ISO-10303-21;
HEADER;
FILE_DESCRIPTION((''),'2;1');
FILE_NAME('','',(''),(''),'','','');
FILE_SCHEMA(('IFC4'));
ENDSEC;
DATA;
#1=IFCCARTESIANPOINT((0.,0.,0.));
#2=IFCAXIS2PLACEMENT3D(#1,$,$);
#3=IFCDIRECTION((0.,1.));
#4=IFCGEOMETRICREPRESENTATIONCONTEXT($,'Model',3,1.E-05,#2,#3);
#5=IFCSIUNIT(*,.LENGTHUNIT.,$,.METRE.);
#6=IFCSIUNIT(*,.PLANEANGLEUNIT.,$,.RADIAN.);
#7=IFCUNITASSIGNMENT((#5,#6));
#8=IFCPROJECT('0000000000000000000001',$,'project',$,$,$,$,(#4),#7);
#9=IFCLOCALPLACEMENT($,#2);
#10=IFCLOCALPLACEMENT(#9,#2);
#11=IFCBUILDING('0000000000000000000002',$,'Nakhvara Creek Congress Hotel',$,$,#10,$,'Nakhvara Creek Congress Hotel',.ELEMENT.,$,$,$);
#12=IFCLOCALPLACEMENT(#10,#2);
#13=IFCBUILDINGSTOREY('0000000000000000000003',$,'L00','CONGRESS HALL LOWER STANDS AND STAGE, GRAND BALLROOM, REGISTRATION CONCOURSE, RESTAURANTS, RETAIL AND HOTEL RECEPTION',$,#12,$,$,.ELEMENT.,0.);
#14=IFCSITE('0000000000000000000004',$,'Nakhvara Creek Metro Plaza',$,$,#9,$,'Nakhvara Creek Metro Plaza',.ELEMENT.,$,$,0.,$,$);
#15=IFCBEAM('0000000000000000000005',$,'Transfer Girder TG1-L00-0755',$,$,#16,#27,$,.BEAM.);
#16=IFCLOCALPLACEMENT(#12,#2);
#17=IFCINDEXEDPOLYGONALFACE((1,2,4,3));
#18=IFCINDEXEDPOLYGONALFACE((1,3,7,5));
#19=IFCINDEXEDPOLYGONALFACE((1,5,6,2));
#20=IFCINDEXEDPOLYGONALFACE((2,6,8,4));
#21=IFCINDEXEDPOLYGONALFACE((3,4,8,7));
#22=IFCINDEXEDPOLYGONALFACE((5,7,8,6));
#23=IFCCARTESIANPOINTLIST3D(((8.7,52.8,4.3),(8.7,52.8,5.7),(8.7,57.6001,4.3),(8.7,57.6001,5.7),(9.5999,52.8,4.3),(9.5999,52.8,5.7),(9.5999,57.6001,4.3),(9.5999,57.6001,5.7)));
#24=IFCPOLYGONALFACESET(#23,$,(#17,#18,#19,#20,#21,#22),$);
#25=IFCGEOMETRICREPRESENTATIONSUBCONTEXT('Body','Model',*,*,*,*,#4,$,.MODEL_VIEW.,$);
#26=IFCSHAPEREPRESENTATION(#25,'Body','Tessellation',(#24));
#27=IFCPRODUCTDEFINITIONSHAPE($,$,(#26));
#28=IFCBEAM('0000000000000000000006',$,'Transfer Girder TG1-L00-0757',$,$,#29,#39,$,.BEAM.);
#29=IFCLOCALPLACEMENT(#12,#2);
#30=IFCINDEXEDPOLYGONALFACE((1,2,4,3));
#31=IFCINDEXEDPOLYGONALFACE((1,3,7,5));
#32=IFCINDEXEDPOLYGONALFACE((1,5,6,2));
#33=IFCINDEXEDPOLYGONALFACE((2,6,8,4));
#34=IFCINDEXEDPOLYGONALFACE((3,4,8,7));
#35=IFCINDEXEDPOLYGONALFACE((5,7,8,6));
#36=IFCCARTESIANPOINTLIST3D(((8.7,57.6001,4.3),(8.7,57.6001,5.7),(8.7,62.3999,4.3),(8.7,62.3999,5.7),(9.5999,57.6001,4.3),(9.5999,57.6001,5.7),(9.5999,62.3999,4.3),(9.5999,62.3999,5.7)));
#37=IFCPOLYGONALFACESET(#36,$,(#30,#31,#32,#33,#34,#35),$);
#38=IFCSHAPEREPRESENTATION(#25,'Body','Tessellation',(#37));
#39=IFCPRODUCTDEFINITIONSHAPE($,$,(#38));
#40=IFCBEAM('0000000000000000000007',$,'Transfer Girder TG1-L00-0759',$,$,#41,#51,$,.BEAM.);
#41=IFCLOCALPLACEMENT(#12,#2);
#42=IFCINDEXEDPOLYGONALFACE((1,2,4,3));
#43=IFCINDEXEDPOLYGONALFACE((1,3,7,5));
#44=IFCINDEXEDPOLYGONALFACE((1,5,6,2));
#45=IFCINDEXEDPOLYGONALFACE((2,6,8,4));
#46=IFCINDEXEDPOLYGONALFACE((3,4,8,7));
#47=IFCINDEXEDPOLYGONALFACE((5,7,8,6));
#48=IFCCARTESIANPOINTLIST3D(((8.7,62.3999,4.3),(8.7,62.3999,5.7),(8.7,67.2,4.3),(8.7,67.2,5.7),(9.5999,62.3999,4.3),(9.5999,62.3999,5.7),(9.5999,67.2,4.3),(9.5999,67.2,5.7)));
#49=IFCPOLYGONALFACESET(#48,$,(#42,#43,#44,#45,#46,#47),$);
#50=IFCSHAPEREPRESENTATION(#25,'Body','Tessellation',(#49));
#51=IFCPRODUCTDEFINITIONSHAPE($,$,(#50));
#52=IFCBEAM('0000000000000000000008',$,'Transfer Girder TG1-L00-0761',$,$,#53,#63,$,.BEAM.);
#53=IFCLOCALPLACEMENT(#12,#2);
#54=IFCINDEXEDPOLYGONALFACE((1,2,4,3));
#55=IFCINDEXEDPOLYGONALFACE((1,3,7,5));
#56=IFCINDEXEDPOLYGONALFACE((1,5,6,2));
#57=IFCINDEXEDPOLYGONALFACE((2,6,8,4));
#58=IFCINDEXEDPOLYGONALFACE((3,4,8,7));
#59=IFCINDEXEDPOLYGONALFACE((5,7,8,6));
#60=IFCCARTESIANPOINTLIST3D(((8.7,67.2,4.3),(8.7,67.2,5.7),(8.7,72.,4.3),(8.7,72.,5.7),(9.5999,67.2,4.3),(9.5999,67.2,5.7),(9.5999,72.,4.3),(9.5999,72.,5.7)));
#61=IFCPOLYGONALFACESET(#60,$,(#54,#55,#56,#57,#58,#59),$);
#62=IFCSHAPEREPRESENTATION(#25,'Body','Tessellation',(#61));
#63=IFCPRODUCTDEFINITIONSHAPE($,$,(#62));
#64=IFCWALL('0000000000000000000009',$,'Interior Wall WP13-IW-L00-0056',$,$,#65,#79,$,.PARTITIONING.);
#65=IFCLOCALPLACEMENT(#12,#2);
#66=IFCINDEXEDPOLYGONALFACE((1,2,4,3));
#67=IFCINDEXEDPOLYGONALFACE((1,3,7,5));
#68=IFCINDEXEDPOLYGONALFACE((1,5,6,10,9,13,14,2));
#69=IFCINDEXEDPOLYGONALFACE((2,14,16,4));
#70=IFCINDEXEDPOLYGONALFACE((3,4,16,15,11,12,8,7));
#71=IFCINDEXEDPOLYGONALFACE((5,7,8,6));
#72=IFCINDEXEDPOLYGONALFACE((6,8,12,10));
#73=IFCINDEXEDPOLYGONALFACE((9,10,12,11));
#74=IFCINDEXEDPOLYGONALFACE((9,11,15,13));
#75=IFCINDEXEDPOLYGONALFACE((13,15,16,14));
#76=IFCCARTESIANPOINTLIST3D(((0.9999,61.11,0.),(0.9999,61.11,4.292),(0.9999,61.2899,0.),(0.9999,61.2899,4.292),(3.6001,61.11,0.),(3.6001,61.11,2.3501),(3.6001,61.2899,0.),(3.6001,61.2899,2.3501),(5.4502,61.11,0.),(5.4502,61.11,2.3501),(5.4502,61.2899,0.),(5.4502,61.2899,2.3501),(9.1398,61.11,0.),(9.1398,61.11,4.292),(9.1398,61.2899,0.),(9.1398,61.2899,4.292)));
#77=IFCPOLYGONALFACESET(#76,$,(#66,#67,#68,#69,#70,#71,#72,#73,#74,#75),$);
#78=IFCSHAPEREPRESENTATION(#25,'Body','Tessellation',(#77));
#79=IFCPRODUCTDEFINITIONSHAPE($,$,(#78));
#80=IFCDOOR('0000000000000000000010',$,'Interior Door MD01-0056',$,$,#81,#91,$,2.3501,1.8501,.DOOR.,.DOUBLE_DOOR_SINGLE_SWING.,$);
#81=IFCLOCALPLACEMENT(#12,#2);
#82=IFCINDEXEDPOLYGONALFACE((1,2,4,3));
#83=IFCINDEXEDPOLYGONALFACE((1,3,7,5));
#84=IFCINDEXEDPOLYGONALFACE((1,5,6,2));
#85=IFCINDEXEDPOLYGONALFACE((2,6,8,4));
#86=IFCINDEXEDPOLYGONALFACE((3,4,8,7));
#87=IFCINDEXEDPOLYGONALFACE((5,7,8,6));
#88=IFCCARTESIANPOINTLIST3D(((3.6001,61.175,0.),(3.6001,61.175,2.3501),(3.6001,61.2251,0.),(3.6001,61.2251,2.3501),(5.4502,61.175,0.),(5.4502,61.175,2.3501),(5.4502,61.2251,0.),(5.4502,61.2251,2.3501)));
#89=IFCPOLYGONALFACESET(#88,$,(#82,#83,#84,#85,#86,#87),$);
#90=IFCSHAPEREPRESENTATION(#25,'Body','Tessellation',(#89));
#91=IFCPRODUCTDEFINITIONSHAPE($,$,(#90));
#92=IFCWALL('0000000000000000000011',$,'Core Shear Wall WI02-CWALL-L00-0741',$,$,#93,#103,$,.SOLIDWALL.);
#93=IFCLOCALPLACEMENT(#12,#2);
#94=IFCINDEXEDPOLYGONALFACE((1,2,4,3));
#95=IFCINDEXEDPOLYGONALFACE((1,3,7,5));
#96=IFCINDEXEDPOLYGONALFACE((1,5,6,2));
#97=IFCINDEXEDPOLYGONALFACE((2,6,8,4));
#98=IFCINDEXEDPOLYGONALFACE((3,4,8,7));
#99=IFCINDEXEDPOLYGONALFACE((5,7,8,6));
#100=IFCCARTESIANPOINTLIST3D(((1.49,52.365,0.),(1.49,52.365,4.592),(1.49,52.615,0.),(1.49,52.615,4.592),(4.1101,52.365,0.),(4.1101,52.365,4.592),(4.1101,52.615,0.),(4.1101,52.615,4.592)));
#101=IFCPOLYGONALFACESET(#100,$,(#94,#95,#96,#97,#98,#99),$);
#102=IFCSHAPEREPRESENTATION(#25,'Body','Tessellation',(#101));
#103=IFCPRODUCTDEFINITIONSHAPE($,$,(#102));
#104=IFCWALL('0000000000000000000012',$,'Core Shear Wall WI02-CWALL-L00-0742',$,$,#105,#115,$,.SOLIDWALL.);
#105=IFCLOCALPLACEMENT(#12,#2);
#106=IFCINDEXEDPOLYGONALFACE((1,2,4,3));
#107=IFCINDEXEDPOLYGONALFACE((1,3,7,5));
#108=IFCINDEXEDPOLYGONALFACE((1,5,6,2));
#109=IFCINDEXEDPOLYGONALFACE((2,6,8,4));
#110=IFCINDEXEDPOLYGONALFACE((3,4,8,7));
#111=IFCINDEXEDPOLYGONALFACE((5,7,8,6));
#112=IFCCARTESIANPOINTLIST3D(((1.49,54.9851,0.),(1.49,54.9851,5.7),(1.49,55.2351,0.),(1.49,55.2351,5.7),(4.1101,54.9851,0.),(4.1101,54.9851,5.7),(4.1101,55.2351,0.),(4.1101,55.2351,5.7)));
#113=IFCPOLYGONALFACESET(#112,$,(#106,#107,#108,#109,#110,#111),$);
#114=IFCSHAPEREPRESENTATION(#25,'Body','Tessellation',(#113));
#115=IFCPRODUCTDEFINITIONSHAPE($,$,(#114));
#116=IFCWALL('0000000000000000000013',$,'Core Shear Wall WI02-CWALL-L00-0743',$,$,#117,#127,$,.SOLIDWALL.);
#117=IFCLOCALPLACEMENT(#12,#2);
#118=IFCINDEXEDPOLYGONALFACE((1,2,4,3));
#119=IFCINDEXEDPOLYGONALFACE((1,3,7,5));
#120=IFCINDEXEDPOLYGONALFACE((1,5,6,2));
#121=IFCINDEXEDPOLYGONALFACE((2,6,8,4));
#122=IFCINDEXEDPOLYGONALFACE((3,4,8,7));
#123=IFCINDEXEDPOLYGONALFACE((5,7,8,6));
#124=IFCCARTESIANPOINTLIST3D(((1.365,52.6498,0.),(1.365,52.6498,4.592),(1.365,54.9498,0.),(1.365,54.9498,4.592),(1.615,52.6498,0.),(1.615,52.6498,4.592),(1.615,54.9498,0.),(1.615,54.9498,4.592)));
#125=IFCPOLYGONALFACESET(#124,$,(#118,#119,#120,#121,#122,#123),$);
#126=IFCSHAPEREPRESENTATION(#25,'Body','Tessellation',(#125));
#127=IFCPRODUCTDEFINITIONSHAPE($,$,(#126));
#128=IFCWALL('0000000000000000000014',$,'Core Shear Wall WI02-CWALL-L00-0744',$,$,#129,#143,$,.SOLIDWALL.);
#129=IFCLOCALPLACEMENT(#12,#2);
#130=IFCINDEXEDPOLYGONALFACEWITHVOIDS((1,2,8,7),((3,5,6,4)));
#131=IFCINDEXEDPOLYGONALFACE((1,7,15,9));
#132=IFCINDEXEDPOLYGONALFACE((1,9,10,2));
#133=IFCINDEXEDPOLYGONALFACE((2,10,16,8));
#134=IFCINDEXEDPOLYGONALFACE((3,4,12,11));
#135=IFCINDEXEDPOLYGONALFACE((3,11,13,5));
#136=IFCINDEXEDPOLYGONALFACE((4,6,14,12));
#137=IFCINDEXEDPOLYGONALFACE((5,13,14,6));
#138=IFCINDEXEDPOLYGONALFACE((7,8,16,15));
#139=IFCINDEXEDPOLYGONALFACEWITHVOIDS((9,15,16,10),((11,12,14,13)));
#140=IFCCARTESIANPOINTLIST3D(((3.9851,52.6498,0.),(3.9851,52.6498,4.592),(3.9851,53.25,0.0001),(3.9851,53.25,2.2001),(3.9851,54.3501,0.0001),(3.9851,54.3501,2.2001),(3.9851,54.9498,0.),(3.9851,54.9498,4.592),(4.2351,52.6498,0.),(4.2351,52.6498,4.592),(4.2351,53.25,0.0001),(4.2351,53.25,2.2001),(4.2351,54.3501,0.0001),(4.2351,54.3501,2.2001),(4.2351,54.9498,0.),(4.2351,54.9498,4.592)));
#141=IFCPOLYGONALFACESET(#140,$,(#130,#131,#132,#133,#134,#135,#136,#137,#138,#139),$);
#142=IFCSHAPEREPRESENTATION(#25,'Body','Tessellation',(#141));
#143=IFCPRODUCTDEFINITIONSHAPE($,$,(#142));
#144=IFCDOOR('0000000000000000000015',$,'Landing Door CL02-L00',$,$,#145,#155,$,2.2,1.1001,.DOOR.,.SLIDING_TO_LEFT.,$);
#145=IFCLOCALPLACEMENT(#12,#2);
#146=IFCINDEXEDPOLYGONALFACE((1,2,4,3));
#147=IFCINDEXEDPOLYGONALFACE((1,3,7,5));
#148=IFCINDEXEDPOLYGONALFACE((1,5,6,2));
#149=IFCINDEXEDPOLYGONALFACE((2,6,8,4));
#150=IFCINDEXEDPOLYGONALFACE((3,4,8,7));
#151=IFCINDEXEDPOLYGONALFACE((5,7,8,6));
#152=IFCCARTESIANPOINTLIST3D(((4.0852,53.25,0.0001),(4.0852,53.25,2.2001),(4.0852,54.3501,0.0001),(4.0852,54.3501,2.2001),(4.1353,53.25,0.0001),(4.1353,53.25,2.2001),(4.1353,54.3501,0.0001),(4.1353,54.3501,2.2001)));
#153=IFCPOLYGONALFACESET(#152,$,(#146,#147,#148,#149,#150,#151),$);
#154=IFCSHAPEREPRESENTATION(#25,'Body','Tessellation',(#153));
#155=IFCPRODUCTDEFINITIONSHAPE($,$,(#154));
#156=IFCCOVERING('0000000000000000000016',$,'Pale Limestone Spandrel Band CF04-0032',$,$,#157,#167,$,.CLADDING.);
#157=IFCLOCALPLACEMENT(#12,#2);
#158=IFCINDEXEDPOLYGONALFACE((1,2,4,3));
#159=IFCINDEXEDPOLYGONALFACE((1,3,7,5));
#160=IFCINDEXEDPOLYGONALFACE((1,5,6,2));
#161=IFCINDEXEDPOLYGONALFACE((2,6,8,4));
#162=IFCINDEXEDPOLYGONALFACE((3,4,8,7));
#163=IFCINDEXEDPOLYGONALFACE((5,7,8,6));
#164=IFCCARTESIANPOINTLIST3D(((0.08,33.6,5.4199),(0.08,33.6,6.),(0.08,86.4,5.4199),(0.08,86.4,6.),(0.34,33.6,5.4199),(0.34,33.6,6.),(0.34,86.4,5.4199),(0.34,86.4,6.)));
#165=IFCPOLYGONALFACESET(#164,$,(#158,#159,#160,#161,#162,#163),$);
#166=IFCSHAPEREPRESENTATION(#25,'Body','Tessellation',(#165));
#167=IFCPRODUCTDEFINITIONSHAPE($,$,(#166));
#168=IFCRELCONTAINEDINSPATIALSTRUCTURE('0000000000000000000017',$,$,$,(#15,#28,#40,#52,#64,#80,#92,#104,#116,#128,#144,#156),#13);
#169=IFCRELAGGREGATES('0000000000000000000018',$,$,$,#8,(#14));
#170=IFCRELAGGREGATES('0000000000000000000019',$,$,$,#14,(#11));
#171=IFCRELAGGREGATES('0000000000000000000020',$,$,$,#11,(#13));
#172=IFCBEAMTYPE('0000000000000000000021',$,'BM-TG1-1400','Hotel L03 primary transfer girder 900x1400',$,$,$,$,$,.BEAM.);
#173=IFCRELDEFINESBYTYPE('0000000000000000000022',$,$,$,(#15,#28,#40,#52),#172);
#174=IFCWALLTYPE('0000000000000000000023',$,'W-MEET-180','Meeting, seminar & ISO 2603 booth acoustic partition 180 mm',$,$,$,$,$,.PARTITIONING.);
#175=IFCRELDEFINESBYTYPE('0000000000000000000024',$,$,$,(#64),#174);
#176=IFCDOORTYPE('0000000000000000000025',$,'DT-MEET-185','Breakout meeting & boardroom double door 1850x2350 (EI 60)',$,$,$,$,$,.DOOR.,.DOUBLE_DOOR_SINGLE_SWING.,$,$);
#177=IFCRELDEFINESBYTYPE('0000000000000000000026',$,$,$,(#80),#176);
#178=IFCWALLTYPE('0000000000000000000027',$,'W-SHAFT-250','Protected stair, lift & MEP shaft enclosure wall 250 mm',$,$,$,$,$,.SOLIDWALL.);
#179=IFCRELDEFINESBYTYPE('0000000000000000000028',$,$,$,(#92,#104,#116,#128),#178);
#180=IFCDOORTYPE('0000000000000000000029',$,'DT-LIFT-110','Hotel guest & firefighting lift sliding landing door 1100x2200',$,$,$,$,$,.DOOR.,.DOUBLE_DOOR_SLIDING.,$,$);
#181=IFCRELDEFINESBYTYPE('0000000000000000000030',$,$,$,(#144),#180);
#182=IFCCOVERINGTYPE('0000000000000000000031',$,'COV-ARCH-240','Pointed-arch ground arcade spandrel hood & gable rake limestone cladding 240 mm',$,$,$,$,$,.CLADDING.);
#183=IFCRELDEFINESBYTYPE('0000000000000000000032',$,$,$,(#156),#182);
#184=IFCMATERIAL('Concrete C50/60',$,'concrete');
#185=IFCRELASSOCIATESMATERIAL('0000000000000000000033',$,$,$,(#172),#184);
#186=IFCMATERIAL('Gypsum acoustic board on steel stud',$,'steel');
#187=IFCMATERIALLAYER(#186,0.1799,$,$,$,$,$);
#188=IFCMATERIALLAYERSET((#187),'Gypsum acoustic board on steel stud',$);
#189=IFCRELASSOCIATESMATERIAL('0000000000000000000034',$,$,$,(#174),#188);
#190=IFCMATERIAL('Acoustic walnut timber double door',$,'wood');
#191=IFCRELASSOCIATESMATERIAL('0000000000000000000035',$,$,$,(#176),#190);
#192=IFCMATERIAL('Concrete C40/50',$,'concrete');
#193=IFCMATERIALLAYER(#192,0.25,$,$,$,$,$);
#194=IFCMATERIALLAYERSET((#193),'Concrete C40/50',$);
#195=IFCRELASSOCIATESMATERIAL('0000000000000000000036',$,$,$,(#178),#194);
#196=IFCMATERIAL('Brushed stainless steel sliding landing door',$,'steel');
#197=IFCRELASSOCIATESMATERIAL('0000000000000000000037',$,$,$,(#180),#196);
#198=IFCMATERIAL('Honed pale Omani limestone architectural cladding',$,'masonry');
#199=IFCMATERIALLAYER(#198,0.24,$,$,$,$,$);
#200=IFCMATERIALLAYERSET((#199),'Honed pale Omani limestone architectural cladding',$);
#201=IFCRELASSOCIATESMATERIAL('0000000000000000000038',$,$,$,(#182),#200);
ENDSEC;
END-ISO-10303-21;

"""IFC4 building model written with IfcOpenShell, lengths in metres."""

from ifc_helpers import new_model, si_unit, direction, frame, frame_2d, origin, origin_2d, place, context, subcontext, project, spatial, rectangle, extrude, material, layer, layer_set, material_profile, profile_set, type_object, element, fill, save


model = new_model("IFC4")

# Units and contexts
model_context = context("Model", 3, precision=1e-05, world=origin(), true_north=direction((0.0, 1.0)))
body_context = subcontext(model_context, "Body", "Model", "MODEL_VIEW")
ifc_project = project(units=[si_unit("LENGTHUNIT", "METRE"), si_unit("PLANEANGLEUNIT", "RADIAN")], contexts=[model_context])

# Site, building, storey
site_placement = place(None, origin())
site = spatial("IfcSite", under=ifc_project, at=site_placement, Name="Nakhvara Creek Metro Plaza", LongName="Nakhvara Creek Metro Plaza", CompositionType="ELEMENT", RefElevation=0.0)
building_placement = place(site_placement, origin())
building = spatial("IfcBuilding", under=site, at=building_placement, Name="Nakhvara Creek Congress Hotel", LongName="Nakhvara Creek Congress Hotel", CompositionType="ELEMENT")
storey_placement = place(building_placement, origin())
storey = spatial("IfcBuildingStorey", under=building, at=storey_placement, Name="L00", Description="CONGRESS HALL LOWER STANDS AND STAGE, GRAND BALLROOM, REGISTRATION CONCOURSE, RESTAURANTS, RETAIL AND HOTEL RECEPTION", CompositionType="ELEMENT", Elevation=0.0)

# Shared definitions
ifc_material_1 = material(Name="Concrete C50/60", Category="concrete")

# Beams
ifc_material_2 = material(Name="Concrete C40/50", Category="concrete")
ifc_material_profile_1 = material_profile(ifc_material_1, rectangle(XDim=0.8999, YDim=1.3999, at=origin_2d()), Name="RC-TG 900x1400", Category="LoadBearing")
ifc_profile_set_1 = profile_set([ifc_material_profile_1], Name="Concrete C50/60")
beam_type_1 = type_object("IfcBeamType", Name="BM-TG1-1400", Description="Hotel L03 primary transfer girder 900x1400", PredefinedType="BEAM", material=ifc_profile_set_1)
beam_1_placement = place(storey_placement, frame((9.1499, 52.8, 5.0), z_axis=(0.0, 1.0, 0.0), x_axis=(-1.0, 0.0, 0.0)))
element("IfcBeam", 1, at=beam_1_placement, inside=storey, type_object=beam_type_1, Name="Transfer Girder TG1-L00-0755", PredefinedType="BEAM", context=body_context, shape_type="SweptSolid", body=[
    extrude(rectangle(XDim=0.8999, YDim=1.3999, at=origin_2d()), origin(), (0.0, 0.0, 1.0), 4.8),
])
beam_2_placement = place(storey_placement, frame((9.1499, 57.6001, 5.0), z_axis=(0.0, 1.0, 0.0), x_axis=(-1.0, 0.0, 0.0)))
element("IfcBeam", 2, at=beam_2_placement, inside=storey, type_object=beam_type_1, Name="Transfer Girder TG1-L00-0757", PredefinedType="BEAM", context=body_context, shape_type="SweptSolid", body=[
    extrude(rectangle(XDim=0.8999, YDim=1.3999, at=origin_2d()), origin(), (0.0, 0.0, 1.0), 4.7998),
])
for number, where, z_axis, x_axis, name in (
    (3, (9.1499, 62.3999, 5.0), (0.0, 1.0, 0.0), (-1.0, 0.0, 0.0), "Transfer Girder TG1-L00-0759"),
    (4, (9.1499, 67.2, 5.0), (0.0, 1.0, 0.0), (-1.0, 0.0, 0.0), "Transfer Girder TG1-L00-0761"),
):
    element("IfcBeam", number, at=place(storey_placement, frame(where, z_axis=z_axis, x_axis=x_axis)), inside=storey, type_object=beam_type_1, Name=name, PredefinedType="BEAM", context=body_context, shape_type="SweptSolid", body=[
        extrude(rectangle(XDim=0.8999, YDim=1.3999, at=origin_2d()), origin(), (0.0, 0.0, 1.0), 4.8),
    ])

# Wall, opening, door
ifc_material_3 = material(Name="Gypsum acoustic board on steel stud", Category="steel")
ifc_layer_1 = layer(ifc_material_3, 0.1799)
ifc_layer_set_1 = layer_set([ifc_layer_1], Name="Gypsum acoustic board on steel stud")
wall_type_1 = type_object("IfcWallType", Name="W-MEET-180", Description="Meeting, seminar & ISO 2603 booth acoustic partition 180 mm", PredefinedType="PARTITIONING", material=ifc_layer_set_1)
wall_1_placement = place(storey_placement, frame((1.0, 61.2, 0.0), z_axis=(0.0, 0.0, 1.0), x_axis=(1.0, 0.0, 0.0)))
wall_1 = element("IfcWall", 5, at=wall_1_placement, inside=storey, type_object=wall_type_1, Name="Interior Wall WP13-IW-L00-0056", PredefinedType="PARTITIONING", context=body_context, shape_type="SweptSolid", body=[
    extrude(rectangle(XDim=8.1399, YDim=0.1799, at=frame_2d((4.0698, 0.0))), origin(), (0.0, 0.0, 1.0), 4.292),
])
opening_1_placement = place(wall_1_placement, frame((2.6001, 0.0, 0.0)))
opening_1 = element("IfcOpeningElement", 6, at=opening_1_placement, cuts=wall_1, PredefinedType="OPENING", context=body_context, shape_type="SweptSolid", body=[
    extrude(rectangle(XDim=1.8501, YDim=2.3501, at=frame_2d((0.925, 1.175))), frame((0.0, 0.1021, 0.0), z_axis=(0.0, -1.0, 0.0), x_axis=(1.0, 0.0, 0.0)), (0.0, 0.0, 1.0), 0.2039),
])
ifc_material_4 = material(Name="Acoustic walnut timber double door", Category="wood")
door_type_1 = type_object("IfcDoorType", Name="DT-MEET-185", Description="Breakout meeting & boardroom double door 1850x2350 (EI 60)", OperationType="DOUBLE_DOOR_SINGLE_SWING", PredefinedType="DOOR", material=ifc_material_4)
door_1_placement = place(opening_1_placement, frame((1.8501, 0.0, 0.0), z_axis=(0.0, 0.0, 1.0), x_axis=(-1.0, 0.0, 0.0)))
door_1 = element("IfcDoor", 7, at=door_1_placement, inside=storey, type_object=door_type_1, Name="Interior Door MD01-0056", OperationType="DOUBLE_DOOR_SINGLE_SWING", OverallHeight=2.3501, OverallWidth=1.8501, PredefinedType="DOOR", context=body_context, shape_type="SweptSolid", body=[
    extrude(rectangle(XDim=1.8501, YDim=2.3501, at=frame_2d((0.925, 1.175))), frame((0.0, 0.0249, 0.0), z_axis=(0.0, -1.0, 0.0), x_axis=(1.0, 0.0, 0.0)), (0.0, 0.0, 1.0), 0.05),
])
fill(opening_1, door_1)

# Walls
ifc_layer_2 = layer(ifc_material_2, 0.25)
ifc_layer_set_2 = layer_set([ifc_layer_2], Name="Concrete C40/50")
wall_type_2 = type_object("IfcWallType", Name="W-SHAFT-250", Description="Protected stair, lift & MEP shaft enclosure wall 250 mm", PredefinedType="SOLIDWALL", material=ifc_layer_set_2)
wall_2_placement = place(storey_placement, frame((1.49, 52.49, 0.0), z_axis=(0.0, 0.0, 1.0), x_axis=(1.0, 0.0, 0.0)))
element("IfcWall", 8, at=wall_2_placement, inside=storey, type_object=wall_type_2, Name="Core Shear Wall WI02-CWALL-L00-0741", PredefinedType="SOLIDWALL", context=body_context, shape_type="SweptSolid", body=[
    extrude(rectangle(XDim=2.6201, YDim=0.25, at=frame_2d((1.3101, 0.0))), origin(), (0.0, 0.0, 1.0), 4.592),
])
wall_3_placement = place(storey_placement, frame((1.49, 55.1101, 0.0), z_axis=(0.0, 0.0, 1.0), x_axis=(1.0, 0.0, 0.0)))
element("IfcWall", 9, at=wall_3_placement, inside=storey, type_object=wall_type_2, Name="Core Shear Wall WI02-CWALL-L00-0742", PredefinedType="SOLIDWALL", context=body_context, shape_type="SweptSolid", body=[
    extrude(rectangle(XDim=2.6201, YDim=0.25, at=frame_2d((1.3101, 0.0))), origin(), (0.0, 0.0, 1.0), 5.7),
])
wall_4_placement = place(storey_placement, frame((1.49, 52.6499, 0.0), z_axis=(0.0, 0.0, 1.0), x_axis=(0.0, 1.0, 0.0)))
element("IfcWall", 10, at=wall_4_placement, inside=storey, type_object=wall_type_2, Name="Core Shear Wall WI02-CWALL-L00-0743", PredefinedType="SOLIDWALL", context=body_context, shape_type="SweptSolid", body=[
    extrude(rectangle(XDim=2.3, YDim=0.25, at=frame_2d((1.1499, 0.0))), origin(), (0.0, 0.0, 1.0), 4.592),
])

# Wall, opening, door
wall_5_placement = place(storey_placement, frame((4.1101, 52.6499, 0.0), z_axis=(0.0, 0.0, 1.0), x_axis=(0.0, 1.0, 0.0)))
wall_5 = element("IfcWall", 11, at=wall_5_placement, inside=storey, type_object=wall_type_2, Name="Core Shear Wall WI02-CWALL-L00-0744", PredefinedType="SOLIDWALL", context=body_context, shape_type="SweptSolid", body=[
    extrude(rectangle(XDim=2.3, YDim=0.25, at=frame_2d((1.1499, 0.0))), origin(), (0.0, 0.0, 1.0), 4.592),
])
opening_2_placement = place(wall_5_placement, frame((0.6001, 0.0, 0.0)))
opening_2 = element("IfcOpeningElement", 12, at=opening_2_placement, cuts=wall_5, PredefinedType="OPENING", context=body_context, shape_type="SweptSolid", body=[
    extrude(rectangle(XDim=1.1001, YDim=2.2, at=frame_2d((0.55, 1.1001))), frame((0.0, 0.137, 0.0), z_axis=(0.0, -1.0, 0.0), x_axis=(1.0, 0.0, 0.0)), (0.0, 0.0, 1.0), 0.2739),
])
ifc_material_5 = material(Name="Brushed stainless steel sliding landing door", Category="steel")
door_type_2 = type_object("IfcDoorType", Name="DT-LIFT-110", Description="Hotel guest & firefighting lift sliding landing door 1100x2200", OperationType="DOUBLE_DOOR_SLIDING", PredefinedType="DOOR", material=ifc_material_5)
door_2_placement = place(opening_2_placement, origin())
door_2 = element("IfcDoor", 13, at=door_2_placement, inside=storey, type_object=door_type_2, Name="Landing Door CL02-L00", OperationType="SLIDING_TO_LEFT", OverallHeight=2.2, OverallWidth=1.1001, PredefinedType="DOOR", context=body_context, shape_type="SweptSolid", body=[
    extrude(rectangle(XDim=1.1001, YDim=2.2, at=frame_2d((0.55, 1.1001))), frame((0.0, 0.0249, 0.0), z_axis=(0.0, -1.0, 0.0), x_axis=(1.0, 0.0, 0.0)), (0.0, 0.0, 1.0), 0.05),
])
fill(opening_2, door_2)

# Covering
ifc_material_6 = material(Name="Honed pale Omani limestone architectural cladding", Category="masonry")
ifc_layer_3 = layer(ifc_material_6, 0.24)
ifc_layer_set_3 = layer_set([ifc_layer_3], Name="Honed pale Omani limestone architectural cladding")
covering_type_1 = type_object("IfcCoveringType", Name="COV-ARCH-240", Description="Pointed-arch ground arcade spandrel hood & gable rake limestone cladding 240 mm", PredefinedType="CLADDING", material=ifc_layer_set_3)
covering_placement = place(storey_placement, frame((0.21, 60.0, 5.4199), z_axis=(0.0, 0.0, 1.0), x_axis=(0.0, 1.0, 0.0)))
element("IfcCovering", 14, at=covering_placement, inside=storey, type_object=covering_type_1, Name="Pale Limestone Spandrel Band CF04-0032", PredefinedType="CLADDING", context=body_context, shape_type="SweptSolid", body=[
    extrude(rectangle(XDim=52.8, YDim=0.26, at=origin_2d()), origin(), (0.0, 0.0, 1.0), 0.5801),
])

save(model, "model.ifc")
